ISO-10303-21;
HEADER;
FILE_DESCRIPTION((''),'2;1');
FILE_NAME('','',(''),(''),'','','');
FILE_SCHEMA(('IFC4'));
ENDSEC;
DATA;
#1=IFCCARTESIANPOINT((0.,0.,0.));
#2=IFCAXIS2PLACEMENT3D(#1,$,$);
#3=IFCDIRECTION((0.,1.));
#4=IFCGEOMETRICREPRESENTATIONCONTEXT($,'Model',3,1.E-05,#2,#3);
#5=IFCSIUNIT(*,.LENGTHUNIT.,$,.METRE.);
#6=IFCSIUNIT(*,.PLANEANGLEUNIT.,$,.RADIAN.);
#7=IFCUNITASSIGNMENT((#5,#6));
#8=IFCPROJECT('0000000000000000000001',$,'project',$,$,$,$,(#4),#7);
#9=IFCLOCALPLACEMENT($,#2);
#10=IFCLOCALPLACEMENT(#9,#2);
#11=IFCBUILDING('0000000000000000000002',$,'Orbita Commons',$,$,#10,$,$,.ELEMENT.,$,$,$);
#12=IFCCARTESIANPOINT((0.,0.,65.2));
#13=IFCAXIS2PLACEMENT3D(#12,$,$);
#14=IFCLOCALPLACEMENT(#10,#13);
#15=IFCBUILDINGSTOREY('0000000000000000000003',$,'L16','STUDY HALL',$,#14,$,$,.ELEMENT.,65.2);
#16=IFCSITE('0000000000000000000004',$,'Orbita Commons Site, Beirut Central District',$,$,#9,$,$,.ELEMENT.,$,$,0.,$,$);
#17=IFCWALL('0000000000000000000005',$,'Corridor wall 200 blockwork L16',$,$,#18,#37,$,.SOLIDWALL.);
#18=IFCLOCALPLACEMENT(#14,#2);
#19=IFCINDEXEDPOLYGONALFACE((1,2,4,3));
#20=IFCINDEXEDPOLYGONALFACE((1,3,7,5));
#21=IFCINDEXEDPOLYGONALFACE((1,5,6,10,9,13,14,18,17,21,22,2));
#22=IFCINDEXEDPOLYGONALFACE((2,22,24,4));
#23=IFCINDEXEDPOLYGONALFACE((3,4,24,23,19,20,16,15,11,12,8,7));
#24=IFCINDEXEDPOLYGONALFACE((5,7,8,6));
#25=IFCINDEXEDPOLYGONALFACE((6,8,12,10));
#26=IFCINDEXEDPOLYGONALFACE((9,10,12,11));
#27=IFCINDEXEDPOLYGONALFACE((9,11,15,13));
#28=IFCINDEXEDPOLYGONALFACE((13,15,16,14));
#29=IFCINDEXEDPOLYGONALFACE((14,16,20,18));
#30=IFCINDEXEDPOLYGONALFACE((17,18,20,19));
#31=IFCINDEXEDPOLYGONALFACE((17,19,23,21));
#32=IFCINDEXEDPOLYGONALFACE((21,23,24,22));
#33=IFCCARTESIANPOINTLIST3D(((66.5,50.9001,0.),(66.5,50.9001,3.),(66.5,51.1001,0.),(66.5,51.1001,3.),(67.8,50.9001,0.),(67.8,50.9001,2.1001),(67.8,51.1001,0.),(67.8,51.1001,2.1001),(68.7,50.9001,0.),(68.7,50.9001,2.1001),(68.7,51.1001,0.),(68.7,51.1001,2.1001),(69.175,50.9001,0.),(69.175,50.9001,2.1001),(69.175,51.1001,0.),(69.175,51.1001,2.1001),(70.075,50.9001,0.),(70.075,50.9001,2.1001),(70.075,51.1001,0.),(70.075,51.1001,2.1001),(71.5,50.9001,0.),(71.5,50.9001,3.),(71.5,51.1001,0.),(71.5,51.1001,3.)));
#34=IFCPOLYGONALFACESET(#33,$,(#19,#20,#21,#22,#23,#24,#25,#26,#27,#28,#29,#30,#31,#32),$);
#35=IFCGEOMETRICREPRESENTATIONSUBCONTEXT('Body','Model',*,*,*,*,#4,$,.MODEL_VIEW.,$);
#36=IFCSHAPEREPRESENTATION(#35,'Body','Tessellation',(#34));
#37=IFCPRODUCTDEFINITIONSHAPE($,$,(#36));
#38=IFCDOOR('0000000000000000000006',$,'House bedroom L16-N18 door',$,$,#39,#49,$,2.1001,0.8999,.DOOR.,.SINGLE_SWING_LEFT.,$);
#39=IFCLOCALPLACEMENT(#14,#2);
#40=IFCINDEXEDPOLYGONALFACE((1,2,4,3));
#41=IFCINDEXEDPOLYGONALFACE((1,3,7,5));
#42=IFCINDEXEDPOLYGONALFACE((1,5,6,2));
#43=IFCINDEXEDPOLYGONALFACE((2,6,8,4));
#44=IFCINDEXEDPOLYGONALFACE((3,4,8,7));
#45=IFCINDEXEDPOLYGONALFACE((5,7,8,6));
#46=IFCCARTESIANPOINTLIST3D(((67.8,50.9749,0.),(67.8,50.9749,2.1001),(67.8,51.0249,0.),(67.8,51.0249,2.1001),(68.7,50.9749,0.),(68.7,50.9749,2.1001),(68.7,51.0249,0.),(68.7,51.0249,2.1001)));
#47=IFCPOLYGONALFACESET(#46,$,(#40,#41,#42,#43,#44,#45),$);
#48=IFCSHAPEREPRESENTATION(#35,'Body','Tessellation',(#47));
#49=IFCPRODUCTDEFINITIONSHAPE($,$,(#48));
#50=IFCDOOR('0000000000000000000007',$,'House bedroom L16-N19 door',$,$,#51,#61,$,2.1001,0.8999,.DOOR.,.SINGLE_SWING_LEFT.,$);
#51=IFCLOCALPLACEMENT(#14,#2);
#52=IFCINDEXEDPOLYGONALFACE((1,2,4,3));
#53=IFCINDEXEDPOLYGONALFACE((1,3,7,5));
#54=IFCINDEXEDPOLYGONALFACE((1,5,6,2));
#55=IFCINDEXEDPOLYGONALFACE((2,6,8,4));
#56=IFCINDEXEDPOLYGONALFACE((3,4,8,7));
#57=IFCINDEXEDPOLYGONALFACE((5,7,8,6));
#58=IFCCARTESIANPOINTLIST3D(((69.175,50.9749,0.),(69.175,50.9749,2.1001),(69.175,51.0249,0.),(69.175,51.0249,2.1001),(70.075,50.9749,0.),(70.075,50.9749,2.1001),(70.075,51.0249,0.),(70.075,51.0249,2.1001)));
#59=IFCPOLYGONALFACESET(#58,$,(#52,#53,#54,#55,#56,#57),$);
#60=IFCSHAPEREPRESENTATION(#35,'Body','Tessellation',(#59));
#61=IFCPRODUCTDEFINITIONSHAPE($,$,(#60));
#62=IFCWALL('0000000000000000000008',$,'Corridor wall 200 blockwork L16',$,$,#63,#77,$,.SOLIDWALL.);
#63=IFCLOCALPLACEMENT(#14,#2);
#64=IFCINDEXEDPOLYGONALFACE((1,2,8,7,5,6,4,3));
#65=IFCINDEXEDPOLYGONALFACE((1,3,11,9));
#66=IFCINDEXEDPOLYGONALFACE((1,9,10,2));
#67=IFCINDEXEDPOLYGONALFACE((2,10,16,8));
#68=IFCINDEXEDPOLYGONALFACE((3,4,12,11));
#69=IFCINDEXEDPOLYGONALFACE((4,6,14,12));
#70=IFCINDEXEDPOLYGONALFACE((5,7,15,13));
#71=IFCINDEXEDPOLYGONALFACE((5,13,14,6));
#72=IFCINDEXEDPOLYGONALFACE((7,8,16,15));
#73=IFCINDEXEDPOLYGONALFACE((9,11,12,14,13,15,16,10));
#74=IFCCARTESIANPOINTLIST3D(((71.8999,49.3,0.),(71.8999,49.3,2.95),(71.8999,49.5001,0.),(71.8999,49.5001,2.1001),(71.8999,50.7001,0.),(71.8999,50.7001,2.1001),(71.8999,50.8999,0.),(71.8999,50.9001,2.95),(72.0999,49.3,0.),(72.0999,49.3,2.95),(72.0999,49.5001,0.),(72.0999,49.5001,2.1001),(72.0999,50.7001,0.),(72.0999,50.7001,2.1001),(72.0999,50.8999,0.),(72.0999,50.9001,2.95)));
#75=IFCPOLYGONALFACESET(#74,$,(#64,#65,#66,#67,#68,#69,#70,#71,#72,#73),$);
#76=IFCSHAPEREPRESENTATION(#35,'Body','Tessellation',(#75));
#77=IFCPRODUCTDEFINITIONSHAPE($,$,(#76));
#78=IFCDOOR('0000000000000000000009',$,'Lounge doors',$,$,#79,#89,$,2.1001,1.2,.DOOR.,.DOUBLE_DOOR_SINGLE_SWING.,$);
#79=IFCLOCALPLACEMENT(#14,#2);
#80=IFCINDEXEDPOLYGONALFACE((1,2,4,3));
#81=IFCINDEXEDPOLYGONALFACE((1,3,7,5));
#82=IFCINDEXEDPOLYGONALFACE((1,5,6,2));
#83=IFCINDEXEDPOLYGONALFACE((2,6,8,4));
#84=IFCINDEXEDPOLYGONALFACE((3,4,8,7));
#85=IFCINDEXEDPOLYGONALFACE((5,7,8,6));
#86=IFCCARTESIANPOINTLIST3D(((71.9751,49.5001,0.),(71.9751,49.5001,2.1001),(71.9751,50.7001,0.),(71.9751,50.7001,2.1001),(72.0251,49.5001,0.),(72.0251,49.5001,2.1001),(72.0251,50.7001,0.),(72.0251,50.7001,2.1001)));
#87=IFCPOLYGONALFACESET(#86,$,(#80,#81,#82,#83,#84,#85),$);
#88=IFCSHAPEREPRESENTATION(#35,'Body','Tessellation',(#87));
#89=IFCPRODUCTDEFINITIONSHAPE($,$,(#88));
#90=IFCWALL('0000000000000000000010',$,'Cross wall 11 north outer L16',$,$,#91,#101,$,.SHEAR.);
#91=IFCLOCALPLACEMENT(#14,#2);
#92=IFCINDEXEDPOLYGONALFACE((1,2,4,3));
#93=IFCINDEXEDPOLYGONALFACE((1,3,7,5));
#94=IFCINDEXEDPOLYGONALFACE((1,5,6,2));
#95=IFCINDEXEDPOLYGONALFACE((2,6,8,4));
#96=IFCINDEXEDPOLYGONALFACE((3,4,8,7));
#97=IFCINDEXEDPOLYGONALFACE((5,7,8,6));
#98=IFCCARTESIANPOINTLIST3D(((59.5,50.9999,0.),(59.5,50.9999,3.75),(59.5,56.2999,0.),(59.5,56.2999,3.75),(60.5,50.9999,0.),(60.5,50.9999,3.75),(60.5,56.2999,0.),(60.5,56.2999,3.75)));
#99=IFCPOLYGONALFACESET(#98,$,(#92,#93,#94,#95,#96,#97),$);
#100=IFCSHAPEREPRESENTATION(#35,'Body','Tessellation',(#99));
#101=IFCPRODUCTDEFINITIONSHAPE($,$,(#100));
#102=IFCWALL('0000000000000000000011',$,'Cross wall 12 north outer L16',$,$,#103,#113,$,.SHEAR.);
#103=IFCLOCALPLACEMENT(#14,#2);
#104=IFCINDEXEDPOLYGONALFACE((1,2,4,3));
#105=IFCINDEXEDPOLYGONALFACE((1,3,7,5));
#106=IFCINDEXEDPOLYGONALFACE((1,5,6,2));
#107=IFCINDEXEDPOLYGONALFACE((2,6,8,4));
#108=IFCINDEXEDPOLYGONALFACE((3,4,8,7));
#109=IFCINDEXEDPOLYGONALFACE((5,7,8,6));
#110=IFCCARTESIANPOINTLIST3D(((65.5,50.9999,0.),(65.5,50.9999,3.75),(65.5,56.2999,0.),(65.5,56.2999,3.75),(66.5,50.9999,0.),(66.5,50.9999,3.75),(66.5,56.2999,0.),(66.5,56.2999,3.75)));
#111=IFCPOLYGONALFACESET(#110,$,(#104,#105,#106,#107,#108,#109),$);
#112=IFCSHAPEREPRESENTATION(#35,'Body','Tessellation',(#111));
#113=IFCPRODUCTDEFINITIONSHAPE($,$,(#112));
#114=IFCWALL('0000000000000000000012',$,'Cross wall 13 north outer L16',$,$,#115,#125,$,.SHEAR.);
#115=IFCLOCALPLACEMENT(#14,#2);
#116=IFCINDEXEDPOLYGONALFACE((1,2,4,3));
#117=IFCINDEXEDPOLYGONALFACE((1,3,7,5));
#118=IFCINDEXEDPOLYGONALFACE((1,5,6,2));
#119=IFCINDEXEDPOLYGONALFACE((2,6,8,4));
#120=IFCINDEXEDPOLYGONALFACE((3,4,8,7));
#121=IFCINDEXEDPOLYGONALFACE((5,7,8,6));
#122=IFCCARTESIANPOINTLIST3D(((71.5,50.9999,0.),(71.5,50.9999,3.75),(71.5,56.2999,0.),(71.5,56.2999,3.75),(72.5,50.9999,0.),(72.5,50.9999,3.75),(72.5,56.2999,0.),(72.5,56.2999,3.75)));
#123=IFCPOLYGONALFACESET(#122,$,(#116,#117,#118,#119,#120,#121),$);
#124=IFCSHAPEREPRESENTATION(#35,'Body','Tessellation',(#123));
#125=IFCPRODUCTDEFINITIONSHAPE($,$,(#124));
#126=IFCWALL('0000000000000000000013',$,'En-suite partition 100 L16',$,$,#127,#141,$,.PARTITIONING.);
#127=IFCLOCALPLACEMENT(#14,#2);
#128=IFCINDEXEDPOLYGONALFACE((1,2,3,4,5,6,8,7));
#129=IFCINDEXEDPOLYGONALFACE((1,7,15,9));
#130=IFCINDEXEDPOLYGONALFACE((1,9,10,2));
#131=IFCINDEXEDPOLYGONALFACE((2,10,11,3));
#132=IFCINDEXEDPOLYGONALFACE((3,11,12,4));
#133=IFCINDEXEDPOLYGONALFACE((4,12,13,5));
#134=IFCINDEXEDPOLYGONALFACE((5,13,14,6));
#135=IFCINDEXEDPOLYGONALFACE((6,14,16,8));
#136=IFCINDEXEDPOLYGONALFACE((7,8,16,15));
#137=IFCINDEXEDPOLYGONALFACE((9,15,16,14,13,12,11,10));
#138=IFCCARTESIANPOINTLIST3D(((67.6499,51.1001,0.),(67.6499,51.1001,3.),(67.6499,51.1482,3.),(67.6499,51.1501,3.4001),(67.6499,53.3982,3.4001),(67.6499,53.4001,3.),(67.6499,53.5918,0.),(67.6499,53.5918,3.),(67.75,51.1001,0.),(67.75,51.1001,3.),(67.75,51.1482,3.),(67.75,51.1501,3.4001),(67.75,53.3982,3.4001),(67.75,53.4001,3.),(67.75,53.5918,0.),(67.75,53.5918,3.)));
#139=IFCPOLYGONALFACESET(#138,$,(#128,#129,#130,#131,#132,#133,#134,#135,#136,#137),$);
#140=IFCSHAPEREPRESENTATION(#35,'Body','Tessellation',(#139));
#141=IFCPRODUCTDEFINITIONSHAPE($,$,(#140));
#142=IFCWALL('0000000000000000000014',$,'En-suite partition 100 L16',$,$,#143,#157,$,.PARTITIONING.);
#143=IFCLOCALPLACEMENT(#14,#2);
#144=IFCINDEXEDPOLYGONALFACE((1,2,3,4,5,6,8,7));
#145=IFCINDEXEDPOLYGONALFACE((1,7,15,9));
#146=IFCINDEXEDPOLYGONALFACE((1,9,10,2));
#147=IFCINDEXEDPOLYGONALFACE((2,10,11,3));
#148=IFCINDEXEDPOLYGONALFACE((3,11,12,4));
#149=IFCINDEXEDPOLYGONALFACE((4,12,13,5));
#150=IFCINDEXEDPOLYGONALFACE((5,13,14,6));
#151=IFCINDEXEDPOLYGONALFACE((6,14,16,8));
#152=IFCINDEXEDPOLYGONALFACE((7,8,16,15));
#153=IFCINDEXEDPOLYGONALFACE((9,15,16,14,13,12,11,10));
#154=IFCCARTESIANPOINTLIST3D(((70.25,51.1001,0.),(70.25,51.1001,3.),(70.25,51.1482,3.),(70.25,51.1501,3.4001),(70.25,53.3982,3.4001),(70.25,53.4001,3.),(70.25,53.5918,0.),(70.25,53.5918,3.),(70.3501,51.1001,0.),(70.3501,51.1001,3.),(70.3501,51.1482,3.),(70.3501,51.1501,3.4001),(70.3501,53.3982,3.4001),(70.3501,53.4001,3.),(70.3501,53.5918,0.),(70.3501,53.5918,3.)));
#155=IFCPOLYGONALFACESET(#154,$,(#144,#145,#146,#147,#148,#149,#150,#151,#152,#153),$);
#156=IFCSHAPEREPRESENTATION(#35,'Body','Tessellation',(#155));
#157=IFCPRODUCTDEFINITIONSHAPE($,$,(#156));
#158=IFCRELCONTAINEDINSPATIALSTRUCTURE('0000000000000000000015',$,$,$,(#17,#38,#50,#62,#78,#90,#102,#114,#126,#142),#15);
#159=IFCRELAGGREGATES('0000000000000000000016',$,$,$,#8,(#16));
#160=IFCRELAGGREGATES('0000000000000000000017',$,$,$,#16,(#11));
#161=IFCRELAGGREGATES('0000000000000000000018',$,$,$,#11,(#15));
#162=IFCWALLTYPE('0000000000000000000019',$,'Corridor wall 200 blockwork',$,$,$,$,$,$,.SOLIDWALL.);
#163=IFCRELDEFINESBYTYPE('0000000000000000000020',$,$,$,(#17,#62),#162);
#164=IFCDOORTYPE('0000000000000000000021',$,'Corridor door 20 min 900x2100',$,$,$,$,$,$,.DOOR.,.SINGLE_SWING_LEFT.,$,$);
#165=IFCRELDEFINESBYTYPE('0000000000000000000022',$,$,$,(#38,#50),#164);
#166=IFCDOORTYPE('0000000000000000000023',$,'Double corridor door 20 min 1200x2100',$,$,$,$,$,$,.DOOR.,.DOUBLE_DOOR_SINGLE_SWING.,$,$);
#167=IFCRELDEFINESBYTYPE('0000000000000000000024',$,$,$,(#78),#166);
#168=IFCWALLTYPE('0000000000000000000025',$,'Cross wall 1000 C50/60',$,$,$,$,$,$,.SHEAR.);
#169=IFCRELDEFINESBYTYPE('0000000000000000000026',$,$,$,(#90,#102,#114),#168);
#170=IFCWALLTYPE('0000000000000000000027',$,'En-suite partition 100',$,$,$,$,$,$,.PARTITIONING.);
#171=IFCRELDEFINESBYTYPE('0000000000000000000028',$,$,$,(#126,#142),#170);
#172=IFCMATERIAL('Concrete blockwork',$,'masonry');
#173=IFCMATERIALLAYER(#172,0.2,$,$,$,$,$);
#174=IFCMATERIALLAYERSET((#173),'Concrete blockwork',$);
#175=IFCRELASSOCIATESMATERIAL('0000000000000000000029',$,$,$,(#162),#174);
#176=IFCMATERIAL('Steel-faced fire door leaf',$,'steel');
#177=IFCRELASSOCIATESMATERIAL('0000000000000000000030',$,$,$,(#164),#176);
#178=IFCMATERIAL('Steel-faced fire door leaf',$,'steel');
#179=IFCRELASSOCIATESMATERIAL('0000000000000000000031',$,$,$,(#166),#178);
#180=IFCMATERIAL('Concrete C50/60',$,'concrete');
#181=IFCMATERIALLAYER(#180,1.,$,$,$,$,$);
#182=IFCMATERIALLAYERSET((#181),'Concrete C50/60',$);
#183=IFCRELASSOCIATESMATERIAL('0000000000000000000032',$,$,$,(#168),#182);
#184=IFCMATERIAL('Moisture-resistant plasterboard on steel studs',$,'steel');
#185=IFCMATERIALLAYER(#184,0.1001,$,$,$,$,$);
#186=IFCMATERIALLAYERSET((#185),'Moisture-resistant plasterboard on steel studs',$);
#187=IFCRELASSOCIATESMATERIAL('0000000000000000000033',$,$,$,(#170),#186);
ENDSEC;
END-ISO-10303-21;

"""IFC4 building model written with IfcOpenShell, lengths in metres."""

from ifc_helpers import new_model, si_unit, direction, frame, frame_2d, origin, place, context, subcontext, project, spatial, polyline, rectangle, outline, extrude, material, layer, layer_set, type_object, element, fill, save


model = new_model("IFC4")

# Units and contexts
model_context = context("Model", 3, precision=1e-05, world=origin(), true_north=direction((0.0, 1.0)))
body_context = subcontext(model_context, "Body", "Model", "MODEL_VIEW")
ifc_project = project(units=[si_unit("LENGTHUNIT", "METRE"), si_unit("PLANEANGLEUNIT", "RADIAN")], contexts=[model_context])

# Site, building, storey
site_placement = place(None, origin())
site = spatial("IfcSite", under=ifc_project, at=site_placement, Name="Orbita Commons Site, Beirut Central District", CompositionType="ELEMENT", RefElevation=0.0)
building_placement = place(site_placement, origin())
building = spatial("IfcBuilding", under=site, at=building_placement, Name="Orbita Commons", CompositionType="ELEMENT")
storey_placement = place(building_placement, frame((0.0, 0.0, 65.2)))
storey = spatial("IfcBuildingStorey", under=building, at=storey_placement, Name="L16", Description="STUDY HALL", CompositionType="ELEMENT", Elevation=65.2)

# Shared definitions
ifc_material_1 = material(Name="Concrete blockwork", Category="masonry")
ifc_layer_1 = layer(ifc_material_1, 0.2)
ifc_layer_set_1 = layer_set([ifc_layer_1], Name="Concrete blockwork")
wall_type_1 = type_object("IfcWallType", Name="Corridor wall 200 blockwork", PredefinedType="SOLIDWALL", material=ifc_layer_set_1)

# Wall, openings, doors
wall_1_placement = place(storey_placement, frame((66.5, 51.0, 0.0), z_axis=(0.0, 0.0, 1.0), x_axis=(1.0, 0.0, 0.0)))
wall_1 = element("IfcWall", 1, at=wall_1_placement, inside=storey, type_object=wall_type_1, Name="Corridor wall 200 blockwork L16", PredefinedType="SOLIDWALL", context=body_context, shape_type="SweptSolid", body=[
    extrude(outline(polyline([(0.0, 0.0), (5.0, 0.0), (5.0, 3.0), (0.0, 3.0), (0.0, 0.0)])), frame((0.0, 0.1001, 0.0), z_axis=(0.0, -1.0, 0.0), x_axis=(1.0, 0.0, 0.0)), (0.0, 0.0, 1.0), 0.2),
])
opening_1_placement = place(wall_1_placement, frame((1.3, 0.0, 0.0)))
opening_1 = element("IfcOpeningElement", 2, at=opening_1_placement, cuts=wall_1, PredefinedType="OPENING", context=body_context, shape_type="SweptSolid", body=[
    extrude(rectangle(XDim=0.8999, YDim=2.1001, at=frame_2d((0.45, 1.05))), frame((0.0, 0.1099, 0.0), z_axis=(0.0, -1.0, 0.0), x_axis=(1.0, 0.0, 0.0)), (0.0, 0.0, 1.0), 0.22),
])
opening_2_placement = place(wall_1_placement, frame((2.675, 0.0, 0.0)))
opening_2 = element("IfcOpeningElement", 3, at=opening_2_placement, cuts=wall_1, PredefinedType="OPENING", context=body_context, shape_type="SweptSolid", body=[
    extrude(rectangle(XDim=0.8999, YDim=2.1001, at=frame_2d((0.45, 1.05))), frame((0.0, 0.1099, 0.0), z_axis=(0.0, -1.0, 0.0), x_axis=(1.0, 0.0, 0.0)), (0.0, 0.0, 1.0), 0.22),
])
ifc_material_2 = material(Name="Steel-faced fire door leaf", Category="steel")
door_type_1 = type_object("IfcDoorType", Name="Corridor door 20 min 900x2100", OperationType="SINGLE_SWING_LEFT", PredefinedType="DOOR", material=ifc_material_2)
door_1_placement = place(opening_1_placement, origin())
door_1 = element("IfcDoor", 4, at=door_1_placement, inside=storey, type_object=door_type_1, Name="House bedroom L16-N18 door", OperationType="SINGLE_SWING_LEFT", OverallHeight=2.1001, OverallWidth=0.8999, PredefinedType="DOOR", context=body_context, shape_type="SweptSolid", body=[
    extrude(rectangle(XDim=0.8999, YDim=2.1001, at=frame_2d((0.45, 1.05))), frame((0.0, 0.0249, 0.0), z_axis=(0.0, -1.0, 0.0), x_axis=(1.0, 0.0, 0.0)), (0.0, 0.0, 1.0), 0.05),
])
fill(opening_1, door_1)
door_2_placement = place(opening_2_placement, origin())
door_2 = element("IfcDoor", 5, at=door_2_placement, inside=storey, type_object=door_type_1, Name="House bedroom L16-N19 door", OperationType="SINGLE_SWING_LEFT", OverallHeight=2.1001, OverallWidth=0.8999, PredefinedType="DOOR", context=body_context, shape_type="SweptSolid", body=[
    extrude(rectangle(XDim=0.8999, YDim=2.1001, at=frame_2d((0.45, 1.05))), frame((0.0, 0.0249, 0.0), z_axis=(0.0, -1.0, 0.0), x_axis=(1.0, 0.0, 0.0)), (0.0, 0.0, 1.0), 0.05),
])
fill(opening_2, door_2)

# Wall, opening, door
wall_2_placement = place(storey_placement, frame((72.0, 49.3, 0.0), z_axis=(0.0, 0.0, 1.0), x_axis=(0.0, 1.0, 0.0)))
wall_2 = element("IfcWall", 6, at=wall_2_placement, inside=storey, type_object=wall_type_1, Name="Corridor wall 200 blockwork L16", PredefinedType="SOLIDWALL", context=body_context, shape_type="SweptSolid", body=[
    extrude(outline(polyline([(0.0, 0.0), (1.5999, 0.0), (1.6001, 2.95), (0.0, 2.95), (0.0, 0.0)])), frame((0.0, 0.1001, 0.0), z_axis=(0.0, -1.0, 0.0), x_axis=(1.0, 0.0, 0.0)), (0.0, 0.0, 1.0), 0.2),
])
opening_3_placement = place(wall_2_placement, frame((0.2, 0.0, 0.0)))
opening_3 = element("IfcOpeningElement", 7, at=opening_3_placement, cuts=wall_2, PredefinedType="OPENING", context=body_context, shape_type="SweptSolid", body=[
    extrude(rectangle(XDim=1.2, YDim=2.1001, at=frame_2d((0.6001, 1.05))), frame((0.0, 0.1099, 0.0), z_axis=(0.0, -1.0, 0.0), x_axis=(1.0, 0.0, 0.0)), (0.0, 0.0, 1.0), 0.22),
])
ifc_material_3 = material(Name="Steel-faced fire door leaf", Category="steel")
door_type_2 = type_object("IfcDoorType", Name="Double corridor door 20 min 1200x2100", OperationType="DOUBLE_DOOR_SINGLE_SWING", PredefinedType="DOOR", material=ifc_material_3)
door_3_placement = place(opening_3_placement, origin())
door_3 = element("IfcDoor", 8, at=door_3_placement, inside=storey, type_object=door_type_2, Name="Lounge doors", OperationType="DOUBLE_DOOR_SINGLE_SWING", OverallHeight=2.1001, OverallWidth=1.2, PredefinedType="DOOR", context=body_context, shape_type="SweptSolid", body=[
    extrude(rectangle(XDim=1.2, YDim=2.1001, at=frame_2d((0.6001, 1.05))), frame((0.0, 0.0249, 0.0), z_axis=(0.0, -1.0, 0.0), x_axis=(1.0, 0.0, 0.0)), (0.0, 0.0, 1.0), 0.05),
])
fill(opening_3, door_3)

# Walls
ifc_material_4 = material(Name="Concrete C50/60", Category="concrete")
ifc_layer_2 = layer(ifc_material_4, 1.0)
ifc_layer_set_2 = layer_set([ifc_layer_2], Name="Concrete C50/60")
wall_type_2 = type_object("IfcWallType", Name="Cross wall 1000 C50/60", PredefinedType="SHEAR", material=ifc_layer_set_2)
for number, where, z_axis, x_axis, name in (
    (9, (60.0, 51.0, 0.0), (0.0, 0.0, 1.0), (0.0, 1.0, 0.0), "Cross wall 11 north outer L16"),
    (10, (66.0, 51.0, 0.0), (0.0, 0.0, 1.0), (0.0, 1.0, 0.0), "Cross wall 12 north outer L16"),
    (11, (72.0, 51.0, 0.0), (0.0, 0.0, 1.0), (0.0, 1.0, 0.0), "Cross wall 13 north outer L16"),
):
    element("IfcWall", number, at=place(storey_placement, frame(where, z_axis=z_axis, x_axis=x_axis)), inside=storey, type_object=wall_type_2, Name=name, PredefinedType="SHEAR", context=body_context, shape_type="SweptSolid", body=[
        extrude(rectangle(XDim=5.3, YDim=1.0, at=frame_2d((2.6499, 0.0))), origin(), (0.0, 0.0, 1.0), 3.75),
    ])
ifc_material_5 = material(Name="Moisture-resistant plasterboard on steel studs", Category="steel")
ifc_layer_3 = layer(ifc_material_5, 0.1001)
ifc_layer_set_3 = layer_set([ifc_layer_3], Name="Moisture-resistant plasterboard on steel studs")
wall_type_3 = type_object("IfcWallType", Name="En-suite partition 100", PredefinedType="PARTITIONING", material=ifc_layer_set_3)
for number, where, z_axis, x_axis, name in (
    (12, (67.7, 53.5918, 0.0), (0.0, 0.0, 1.0), (0.0, -1.0, 0.0), "En-suite partition 100 L16"),
    (13, (70.3, 53.5918, 0.0), (0.0, 0.0, 1.0), (0.0, -1.0, 0.0), "En-suite partition 100 L16"),
):
    element("IfcWall", number, at=place(storey_placement, frame(where, z_axis=z_axis, x_axis=x_axis)), inside=storey, type_object=wall_type_3, Name=name, PredefinedType="PARTITIONING", context=body_context, shape_type="SweptSolid", body=[
        extrude(outline(polyline([(0.0, 0.0), (2.4917, 0.0), (2.4917, 3.0), (2.4436, 3.0), (2.4417, 3.4001), (0.1936, 3.4001), (0.1917, 3.0), (0.0, 3.0), (0.0, 0.0)])), frame((0.0, 0.05, 0.0), z_axis=(0.0, -1.0, 0.0), x_axis=(1.0, 0.0, 0.0)), (0.0, 0.0, 1.0), 0.1001),
    ])

save(model, "model.ifc")
